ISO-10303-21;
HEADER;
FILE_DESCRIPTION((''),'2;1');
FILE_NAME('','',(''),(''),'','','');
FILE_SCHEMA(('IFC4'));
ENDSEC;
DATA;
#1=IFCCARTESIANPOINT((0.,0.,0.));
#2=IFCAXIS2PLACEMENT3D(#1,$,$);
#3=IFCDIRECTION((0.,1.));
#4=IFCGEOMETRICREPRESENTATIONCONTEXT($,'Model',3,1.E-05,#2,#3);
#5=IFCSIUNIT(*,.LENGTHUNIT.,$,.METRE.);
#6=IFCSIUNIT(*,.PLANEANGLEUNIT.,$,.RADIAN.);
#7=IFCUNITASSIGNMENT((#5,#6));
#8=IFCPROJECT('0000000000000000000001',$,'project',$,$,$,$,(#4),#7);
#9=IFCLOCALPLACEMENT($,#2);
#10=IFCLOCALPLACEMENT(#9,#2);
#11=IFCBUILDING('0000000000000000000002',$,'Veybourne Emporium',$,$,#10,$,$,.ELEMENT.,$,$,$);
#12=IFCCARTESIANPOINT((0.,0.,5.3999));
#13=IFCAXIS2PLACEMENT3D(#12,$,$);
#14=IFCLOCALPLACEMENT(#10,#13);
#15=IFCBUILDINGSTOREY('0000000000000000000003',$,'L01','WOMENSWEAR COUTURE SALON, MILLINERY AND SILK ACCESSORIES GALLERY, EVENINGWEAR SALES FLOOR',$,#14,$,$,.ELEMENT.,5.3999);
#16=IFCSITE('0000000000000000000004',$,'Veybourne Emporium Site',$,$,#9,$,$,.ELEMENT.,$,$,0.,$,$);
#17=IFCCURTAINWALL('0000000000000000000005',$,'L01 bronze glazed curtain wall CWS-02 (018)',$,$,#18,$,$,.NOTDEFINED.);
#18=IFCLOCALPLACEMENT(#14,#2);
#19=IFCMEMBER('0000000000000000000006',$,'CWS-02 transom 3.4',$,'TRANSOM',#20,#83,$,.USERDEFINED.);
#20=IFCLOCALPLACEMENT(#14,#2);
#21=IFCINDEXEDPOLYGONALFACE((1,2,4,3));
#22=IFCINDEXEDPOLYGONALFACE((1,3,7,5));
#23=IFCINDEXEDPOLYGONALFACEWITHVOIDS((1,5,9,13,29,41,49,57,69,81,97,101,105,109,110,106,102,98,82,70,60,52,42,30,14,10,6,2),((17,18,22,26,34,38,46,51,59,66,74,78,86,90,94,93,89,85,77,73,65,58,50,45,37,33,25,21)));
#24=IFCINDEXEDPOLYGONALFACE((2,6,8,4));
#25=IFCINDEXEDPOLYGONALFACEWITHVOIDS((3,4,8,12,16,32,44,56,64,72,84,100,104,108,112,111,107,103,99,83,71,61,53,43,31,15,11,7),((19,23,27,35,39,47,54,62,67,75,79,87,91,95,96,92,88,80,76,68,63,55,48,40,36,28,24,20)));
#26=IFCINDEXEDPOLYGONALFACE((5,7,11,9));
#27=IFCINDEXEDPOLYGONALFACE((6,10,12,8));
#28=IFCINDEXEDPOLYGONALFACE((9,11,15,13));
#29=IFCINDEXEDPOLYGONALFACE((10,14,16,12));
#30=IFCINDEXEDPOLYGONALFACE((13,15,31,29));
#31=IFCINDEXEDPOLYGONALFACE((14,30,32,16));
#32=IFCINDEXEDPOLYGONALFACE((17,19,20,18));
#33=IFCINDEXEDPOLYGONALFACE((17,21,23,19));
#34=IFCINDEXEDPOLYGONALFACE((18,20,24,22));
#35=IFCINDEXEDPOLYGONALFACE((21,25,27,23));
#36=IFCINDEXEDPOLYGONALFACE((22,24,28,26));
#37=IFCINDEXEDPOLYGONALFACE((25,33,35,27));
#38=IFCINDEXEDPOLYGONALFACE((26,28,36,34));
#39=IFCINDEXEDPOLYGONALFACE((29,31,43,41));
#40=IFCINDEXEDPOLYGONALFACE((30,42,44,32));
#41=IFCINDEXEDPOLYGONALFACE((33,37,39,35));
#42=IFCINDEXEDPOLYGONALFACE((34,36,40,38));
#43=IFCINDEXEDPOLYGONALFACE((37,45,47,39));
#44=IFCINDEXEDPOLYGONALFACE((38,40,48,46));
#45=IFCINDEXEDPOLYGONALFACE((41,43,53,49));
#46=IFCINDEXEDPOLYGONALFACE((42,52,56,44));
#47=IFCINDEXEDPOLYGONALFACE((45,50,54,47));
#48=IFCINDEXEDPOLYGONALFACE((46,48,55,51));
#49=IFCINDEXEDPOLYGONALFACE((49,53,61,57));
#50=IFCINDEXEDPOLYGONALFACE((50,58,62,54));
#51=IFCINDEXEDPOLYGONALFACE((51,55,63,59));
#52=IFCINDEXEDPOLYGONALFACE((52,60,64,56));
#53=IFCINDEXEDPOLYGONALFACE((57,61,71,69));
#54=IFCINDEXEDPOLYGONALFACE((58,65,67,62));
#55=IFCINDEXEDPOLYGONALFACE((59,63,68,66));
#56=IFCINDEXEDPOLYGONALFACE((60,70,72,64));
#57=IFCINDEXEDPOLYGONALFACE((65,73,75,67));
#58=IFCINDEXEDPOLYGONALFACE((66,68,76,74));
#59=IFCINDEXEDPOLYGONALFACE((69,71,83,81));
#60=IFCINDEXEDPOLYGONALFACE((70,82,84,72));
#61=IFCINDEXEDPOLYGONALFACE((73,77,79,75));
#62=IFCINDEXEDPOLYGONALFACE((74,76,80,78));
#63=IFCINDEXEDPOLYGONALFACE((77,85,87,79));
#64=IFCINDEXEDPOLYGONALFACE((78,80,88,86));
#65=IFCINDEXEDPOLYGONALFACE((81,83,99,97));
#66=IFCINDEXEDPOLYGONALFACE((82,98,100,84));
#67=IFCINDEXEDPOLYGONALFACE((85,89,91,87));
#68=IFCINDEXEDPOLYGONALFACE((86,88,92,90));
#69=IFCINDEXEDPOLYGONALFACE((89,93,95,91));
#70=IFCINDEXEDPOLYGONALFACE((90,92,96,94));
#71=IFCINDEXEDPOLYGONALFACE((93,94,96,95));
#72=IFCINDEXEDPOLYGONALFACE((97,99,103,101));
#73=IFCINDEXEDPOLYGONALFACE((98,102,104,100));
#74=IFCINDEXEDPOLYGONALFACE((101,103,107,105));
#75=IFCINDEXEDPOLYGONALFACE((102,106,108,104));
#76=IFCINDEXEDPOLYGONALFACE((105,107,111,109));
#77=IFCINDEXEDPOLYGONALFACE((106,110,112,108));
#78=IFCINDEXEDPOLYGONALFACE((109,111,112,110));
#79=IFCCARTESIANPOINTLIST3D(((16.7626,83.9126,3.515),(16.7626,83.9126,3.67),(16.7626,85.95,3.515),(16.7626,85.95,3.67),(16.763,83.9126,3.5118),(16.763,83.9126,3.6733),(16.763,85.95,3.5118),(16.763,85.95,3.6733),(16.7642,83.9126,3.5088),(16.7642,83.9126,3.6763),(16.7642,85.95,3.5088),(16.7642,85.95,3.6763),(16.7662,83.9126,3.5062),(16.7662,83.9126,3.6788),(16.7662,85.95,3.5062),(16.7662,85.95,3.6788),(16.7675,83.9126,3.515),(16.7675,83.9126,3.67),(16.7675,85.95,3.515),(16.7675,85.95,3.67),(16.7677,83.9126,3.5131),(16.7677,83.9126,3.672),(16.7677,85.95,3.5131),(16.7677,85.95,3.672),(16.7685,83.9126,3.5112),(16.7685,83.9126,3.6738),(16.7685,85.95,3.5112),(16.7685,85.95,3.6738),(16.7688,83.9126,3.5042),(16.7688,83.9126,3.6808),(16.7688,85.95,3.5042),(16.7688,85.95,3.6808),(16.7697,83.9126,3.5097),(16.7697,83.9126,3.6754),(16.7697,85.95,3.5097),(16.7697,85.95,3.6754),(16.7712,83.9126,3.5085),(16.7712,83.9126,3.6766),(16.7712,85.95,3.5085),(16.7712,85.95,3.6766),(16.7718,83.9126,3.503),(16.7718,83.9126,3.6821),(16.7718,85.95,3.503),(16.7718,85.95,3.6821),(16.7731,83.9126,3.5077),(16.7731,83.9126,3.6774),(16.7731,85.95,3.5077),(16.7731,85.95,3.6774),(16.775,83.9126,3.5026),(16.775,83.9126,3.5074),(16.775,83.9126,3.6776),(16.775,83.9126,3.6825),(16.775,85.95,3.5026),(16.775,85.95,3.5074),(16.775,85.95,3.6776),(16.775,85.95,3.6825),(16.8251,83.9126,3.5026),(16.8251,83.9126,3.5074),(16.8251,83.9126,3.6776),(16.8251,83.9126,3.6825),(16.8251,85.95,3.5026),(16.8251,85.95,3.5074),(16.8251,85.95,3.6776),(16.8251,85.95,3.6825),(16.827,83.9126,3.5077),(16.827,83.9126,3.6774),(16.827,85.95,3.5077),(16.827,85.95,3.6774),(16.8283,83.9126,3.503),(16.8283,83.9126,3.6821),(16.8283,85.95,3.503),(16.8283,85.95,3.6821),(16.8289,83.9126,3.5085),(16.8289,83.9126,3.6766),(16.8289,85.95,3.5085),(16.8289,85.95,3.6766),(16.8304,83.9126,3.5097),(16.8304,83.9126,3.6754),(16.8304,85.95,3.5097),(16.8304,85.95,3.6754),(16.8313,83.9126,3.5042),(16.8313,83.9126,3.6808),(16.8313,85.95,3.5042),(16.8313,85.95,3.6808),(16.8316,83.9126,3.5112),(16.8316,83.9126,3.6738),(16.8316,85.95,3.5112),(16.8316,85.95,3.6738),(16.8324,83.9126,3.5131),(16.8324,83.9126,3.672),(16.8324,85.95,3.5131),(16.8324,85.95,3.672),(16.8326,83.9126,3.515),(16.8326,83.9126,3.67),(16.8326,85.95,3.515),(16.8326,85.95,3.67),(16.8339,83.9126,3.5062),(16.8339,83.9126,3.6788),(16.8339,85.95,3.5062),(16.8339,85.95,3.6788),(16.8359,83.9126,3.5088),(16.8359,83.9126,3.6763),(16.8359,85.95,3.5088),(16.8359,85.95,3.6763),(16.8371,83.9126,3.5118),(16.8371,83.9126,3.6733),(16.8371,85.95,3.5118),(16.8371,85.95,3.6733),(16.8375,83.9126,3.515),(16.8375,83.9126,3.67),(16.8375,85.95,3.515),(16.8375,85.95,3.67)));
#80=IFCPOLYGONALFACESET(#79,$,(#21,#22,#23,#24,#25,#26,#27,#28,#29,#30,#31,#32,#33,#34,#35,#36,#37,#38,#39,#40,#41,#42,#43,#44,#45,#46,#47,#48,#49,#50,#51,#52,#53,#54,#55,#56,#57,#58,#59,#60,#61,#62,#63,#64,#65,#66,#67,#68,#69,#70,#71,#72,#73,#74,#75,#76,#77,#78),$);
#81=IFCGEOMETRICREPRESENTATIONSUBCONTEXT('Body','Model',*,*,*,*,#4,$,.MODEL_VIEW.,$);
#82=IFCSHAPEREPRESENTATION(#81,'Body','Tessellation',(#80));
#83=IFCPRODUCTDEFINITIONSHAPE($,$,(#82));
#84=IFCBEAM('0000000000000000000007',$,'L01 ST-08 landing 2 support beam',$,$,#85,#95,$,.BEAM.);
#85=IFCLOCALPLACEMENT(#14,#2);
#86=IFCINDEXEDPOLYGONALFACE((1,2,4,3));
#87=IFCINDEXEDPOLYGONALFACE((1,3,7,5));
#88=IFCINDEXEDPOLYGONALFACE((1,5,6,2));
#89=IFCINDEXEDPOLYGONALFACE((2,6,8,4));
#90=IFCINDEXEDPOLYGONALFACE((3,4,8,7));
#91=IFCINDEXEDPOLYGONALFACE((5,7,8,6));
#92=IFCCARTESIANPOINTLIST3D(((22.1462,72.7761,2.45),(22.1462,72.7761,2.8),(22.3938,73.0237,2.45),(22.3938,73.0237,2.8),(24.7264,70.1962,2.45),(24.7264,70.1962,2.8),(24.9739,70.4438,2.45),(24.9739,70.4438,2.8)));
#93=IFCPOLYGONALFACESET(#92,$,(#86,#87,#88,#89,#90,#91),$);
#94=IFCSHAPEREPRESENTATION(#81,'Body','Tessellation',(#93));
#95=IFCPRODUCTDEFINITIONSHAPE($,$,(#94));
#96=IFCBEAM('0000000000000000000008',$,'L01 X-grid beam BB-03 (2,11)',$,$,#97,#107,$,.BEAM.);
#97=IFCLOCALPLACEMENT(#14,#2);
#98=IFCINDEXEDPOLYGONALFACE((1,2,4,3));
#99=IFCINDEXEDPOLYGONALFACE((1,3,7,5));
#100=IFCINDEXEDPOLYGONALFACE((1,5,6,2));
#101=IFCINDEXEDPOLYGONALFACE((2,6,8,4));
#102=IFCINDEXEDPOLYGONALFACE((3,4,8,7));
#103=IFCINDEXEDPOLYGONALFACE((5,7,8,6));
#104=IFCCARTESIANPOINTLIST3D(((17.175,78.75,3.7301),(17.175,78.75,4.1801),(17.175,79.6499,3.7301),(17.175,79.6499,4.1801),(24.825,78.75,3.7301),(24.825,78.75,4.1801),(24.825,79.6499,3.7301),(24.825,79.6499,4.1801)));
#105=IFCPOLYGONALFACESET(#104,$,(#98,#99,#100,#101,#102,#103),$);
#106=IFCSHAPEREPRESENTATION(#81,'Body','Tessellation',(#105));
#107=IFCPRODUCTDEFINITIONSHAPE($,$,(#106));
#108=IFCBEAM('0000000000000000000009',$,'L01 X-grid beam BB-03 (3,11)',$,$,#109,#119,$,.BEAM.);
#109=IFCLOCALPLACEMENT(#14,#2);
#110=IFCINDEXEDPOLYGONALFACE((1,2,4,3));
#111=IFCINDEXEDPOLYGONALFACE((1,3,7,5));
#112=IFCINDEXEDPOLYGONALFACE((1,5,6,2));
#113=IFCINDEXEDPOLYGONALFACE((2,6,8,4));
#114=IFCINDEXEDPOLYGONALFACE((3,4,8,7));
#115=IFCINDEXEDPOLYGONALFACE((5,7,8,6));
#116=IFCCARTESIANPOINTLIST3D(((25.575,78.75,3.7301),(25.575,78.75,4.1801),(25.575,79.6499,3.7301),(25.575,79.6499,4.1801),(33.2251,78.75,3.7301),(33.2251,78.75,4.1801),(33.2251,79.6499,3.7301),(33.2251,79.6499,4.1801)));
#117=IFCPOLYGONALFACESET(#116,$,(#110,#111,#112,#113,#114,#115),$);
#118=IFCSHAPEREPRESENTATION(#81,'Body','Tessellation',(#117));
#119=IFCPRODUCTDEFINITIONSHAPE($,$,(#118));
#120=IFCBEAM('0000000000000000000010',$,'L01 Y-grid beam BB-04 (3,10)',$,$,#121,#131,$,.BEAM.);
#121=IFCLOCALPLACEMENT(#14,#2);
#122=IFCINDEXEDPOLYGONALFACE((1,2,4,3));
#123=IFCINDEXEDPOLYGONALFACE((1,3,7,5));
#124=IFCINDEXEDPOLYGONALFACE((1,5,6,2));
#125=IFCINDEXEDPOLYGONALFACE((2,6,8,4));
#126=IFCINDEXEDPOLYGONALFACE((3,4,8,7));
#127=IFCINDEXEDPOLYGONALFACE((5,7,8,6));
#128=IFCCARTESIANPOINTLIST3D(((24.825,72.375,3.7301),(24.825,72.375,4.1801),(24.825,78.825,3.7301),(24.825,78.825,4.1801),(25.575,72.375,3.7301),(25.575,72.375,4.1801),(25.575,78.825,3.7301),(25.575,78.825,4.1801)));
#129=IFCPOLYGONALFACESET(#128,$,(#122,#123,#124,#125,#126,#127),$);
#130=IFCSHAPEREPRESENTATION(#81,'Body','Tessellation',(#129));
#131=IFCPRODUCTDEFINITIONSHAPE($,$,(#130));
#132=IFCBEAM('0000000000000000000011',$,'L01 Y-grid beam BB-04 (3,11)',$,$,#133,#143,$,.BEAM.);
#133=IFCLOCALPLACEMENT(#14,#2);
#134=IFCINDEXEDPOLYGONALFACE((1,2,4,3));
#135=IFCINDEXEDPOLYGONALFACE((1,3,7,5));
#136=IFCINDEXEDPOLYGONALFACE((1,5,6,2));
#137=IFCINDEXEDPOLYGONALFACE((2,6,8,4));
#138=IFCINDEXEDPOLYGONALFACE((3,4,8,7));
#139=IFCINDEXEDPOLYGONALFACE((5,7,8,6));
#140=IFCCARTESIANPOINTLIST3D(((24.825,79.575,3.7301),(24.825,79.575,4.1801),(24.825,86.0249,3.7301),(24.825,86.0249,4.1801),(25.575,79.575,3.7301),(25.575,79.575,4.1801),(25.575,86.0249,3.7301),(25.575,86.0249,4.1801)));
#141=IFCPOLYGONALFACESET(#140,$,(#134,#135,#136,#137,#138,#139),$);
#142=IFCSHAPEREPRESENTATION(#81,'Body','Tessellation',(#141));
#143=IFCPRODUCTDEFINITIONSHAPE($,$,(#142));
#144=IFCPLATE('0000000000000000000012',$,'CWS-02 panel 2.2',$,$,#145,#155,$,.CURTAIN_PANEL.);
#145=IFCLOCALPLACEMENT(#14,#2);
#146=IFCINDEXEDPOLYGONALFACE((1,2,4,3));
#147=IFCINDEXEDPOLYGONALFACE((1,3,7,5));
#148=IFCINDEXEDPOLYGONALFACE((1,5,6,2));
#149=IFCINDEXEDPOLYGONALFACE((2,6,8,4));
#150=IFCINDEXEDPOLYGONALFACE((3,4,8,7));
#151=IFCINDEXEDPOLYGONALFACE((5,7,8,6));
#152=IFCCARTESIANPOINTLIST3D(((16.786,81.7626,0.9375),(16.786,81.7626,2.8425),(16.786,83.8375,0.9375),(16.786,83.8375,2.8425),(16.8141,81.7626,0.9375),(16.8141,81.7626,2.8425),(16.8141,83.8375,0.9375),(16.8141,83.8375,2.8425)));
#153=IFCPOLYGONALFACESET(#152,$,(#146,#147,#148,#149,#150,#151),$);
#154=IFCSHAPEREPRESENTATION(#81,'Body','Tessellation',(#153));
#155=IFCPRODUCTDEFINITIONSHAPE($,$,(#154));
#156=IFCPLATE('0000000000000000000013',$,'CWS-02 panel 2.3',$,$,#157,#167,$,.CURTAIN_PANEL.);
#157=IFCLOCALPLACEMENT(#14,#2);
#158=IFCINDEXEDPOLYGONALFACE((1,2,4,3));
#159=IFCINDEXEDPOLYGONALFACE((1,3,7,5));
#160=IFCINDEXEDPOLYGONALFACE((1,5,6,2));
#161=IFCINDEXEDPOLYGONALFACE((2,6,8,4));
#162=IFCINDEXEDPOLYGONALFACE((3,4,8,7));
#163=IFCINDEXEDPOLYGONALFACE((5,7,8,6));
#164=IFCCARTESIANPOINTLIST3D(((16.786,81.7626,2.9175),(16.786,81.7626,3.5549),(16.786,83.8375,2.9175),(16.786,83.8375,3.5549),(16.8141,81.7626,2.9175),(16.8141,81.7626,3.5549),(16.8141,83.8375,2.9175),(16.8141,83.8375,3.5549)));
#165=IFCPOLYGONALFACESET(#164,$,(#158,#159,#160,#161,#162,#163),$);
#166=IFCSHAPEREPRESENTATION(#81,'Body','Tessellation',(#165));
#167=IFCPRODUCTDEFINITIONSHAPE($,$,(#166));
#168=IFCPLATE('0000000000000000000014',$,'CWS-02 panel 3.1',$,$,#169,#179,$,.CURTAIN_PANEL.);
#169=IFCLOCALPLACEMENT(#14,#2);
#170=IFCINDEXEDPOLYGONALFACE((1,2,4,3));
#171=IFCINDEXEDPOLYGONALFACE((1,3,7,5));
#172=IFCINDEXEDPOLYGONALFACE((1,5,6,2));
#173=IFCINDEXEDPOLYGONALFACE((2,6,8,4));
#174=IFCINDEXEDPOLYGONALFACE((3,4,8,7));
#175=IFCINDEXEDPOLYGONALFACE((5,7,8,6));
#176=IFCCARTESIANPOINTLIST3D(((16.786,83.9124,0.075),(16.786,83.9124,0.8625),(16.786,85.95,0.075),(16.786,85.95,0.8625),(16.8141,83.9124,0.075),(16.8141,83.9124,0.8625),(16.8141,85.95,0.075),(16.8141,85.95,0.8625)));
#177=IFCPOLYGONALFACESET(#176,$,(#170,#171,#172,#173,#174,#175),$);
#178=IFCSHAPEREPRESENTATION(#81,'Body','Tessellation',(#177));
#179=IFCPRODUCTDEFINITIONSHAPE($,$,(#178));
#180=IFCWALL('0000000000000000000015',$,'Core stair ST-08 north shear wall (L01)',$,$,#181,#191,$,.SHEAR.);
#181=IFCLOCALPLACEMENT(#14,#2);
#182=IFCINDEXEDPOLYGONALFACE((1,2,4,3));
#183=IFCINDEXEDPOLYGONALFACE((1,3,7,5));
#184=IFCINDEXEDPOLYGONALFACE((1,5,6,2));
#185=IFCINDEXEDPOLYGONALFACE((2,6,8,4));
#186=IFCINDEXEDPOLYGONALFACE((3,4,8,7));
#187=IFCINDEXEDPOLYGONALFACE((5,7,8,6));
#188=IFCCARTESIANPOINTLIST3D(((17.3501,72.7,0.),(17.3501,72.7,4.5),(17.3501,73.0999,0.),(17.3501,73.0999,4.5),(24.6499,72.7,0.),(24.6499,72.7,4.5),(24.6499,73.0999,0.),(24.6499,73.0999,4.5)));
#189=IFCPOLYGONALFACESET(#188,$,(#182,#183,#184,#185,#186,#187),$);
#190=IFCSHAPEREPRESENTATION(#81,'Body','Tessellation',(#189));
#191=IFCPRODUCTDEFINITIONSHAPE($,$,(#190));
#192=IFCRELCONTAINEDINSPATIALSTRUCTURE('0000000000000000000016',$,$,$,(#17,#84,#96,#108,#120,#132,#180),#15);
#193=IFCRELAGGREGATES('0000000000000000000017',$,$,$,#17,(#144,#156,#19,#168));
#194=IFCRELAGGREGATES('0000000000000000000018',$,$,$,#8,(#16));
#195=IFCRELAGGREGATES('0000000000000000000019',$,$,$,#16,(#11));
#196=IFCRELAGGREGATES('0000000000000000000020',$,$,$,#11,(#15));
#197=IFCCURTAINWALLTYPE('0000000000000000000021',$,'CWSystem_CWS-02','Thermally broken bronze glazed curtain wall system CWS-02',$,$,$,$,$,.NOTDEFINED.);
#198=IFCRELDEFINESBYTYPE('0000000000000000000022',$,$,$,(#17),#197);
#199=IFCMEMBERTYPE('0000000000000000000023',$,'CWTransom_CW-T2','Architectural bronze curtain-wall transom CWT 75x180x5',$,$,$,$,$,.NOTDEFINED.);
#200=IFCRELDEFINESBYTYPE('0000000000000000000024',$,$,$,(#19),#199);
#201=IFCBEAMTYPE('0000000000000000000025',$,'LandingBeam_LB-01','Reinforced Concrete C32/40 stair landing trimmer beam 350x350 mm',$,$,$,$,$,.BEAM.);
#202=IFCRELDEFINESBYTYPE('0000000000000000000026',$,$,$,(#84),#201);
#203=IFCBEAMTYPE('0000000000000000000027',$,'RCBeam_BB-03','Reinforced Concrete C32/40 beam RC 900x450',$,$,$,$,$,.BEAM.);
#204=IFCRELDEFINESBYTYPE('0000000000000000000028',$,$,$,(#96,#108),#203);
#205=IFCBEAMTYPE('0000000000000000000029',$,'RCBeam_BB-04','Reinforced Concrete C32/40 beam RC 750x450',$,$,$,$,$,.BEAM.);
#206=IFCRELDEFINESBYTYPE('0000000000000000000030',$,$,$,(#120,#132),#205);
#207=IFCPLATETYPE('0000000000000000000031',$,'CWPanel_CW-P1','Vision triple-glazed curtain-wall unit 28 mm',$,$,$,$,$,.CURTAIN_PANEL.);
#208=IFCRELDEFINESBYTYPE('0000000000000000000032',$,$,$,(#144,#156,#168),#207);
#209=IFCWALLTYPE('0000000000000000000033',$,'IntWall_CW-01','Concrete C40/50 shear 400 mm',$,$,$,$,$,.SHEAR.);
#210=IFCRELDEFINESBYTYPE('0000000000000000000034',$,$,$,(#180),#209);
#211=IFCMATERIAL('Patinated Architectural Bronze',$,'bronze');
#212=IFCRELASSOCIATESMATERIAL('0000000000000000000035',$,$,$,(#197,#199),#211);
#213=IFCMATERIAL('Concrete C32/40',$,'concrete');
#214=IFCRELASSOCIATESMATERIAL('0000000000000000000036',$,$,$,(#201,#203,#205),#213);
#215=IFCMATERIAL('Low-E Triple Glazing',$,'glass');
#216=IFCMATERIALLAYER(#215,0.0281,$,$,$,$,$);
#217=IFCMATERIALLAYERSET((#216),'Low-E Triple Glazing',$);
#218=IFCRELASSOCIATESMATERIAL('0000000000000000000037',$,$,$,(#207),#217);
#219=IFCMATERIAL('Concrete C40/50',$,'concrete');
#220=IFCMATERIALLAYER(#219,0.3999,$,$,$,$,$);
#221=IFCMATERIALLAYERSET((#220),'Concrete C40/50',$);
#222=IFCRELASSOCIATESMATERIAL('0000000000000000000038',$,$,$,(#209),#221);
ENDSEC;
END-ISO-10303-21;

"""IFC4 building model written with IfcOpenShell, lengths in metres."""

from ifc_helpers import new_model, si_unit, direction, frame, frame_2d, origin, origin_2d, place, context, subcontext, project, spatial, rectangle, hollow_rectangle, extrude, material, layer, layer_set, material_profile, profile_set, type_object, element, aggregate, save


model = new_model("IFC4")

# Units and contexts
model_context = context("Model", 3, precision=1e-05, world=origin(), true_north=direction((0.0, 1.0)))
body_context = subcontext(model_context, "Body", "Model", "MODEL_VIEW")
ifc_project = project(units=[si_unit("LENGTHUNIT", "METRE"), si_unit("PLANEANGLEUNIT", "RADIAN")], contexts=[model_context])

# Site, building, storey
site_placement = place(None, origin())
site = spatial("IfcSite", under=ifc_project, at=site_placement, Name="Veybourne Emporium Site", CompositionType="ELEMENT", RefElevation=0.0)
building_placement = place(site_placement, origin())
building = spatial("IfcBuilding", under=site, at=building_placement, Name="Veybourne Emporium", CompositionType="ELEMENT")
storey_placement = place(building_placement, frame((0.0, 0.0, 5.3999)))
storey = spatial("IfcBuildingStorey", under=building, at=storey_placement, Name="L01", Description="WOMENSWEAR COUTURE SALON, MILLINERY AND SILK ACCESSORIES GALLERY, EVENINGWEAR SALES FLOOR", CompositionType="ELEMENT", Elevation=5.3999)

# Shared definitions
ifc_material_1 = material(Name="Concrete C40/50", Category="concrete")

# Curtain wall, member
ifc_material_2 = material(Name="Patinated Architectural Bronze", Category="bronze")
curtain_wall_type = type_object("IfcCurtainWallType", Name="CWSystem_CWS-02", Description="Thermally broken bronze glazed curtain wall system CWS-02", PredefinedType="NOTDEFINED", material=ifc_material_2)
curtain_wall_placement = place(storey_placement, origin())
curtain_wall = element("IfcCurtainWall", 1, at=curtain_wall_placement, inside=storey, type_object=curtain_wall_type, Name="L01 bronze glazed curtain wall CWS-02 (018)", PredefinedType="NOTDEFINED")
ifc_material_profile_1 = material_profile(ifc_material_2, hollow_rectangle(XDim=0.075, YDim=0.1799, WallThickness=0.0049, InnerFilletRadius=0.0076, OuterFilletRadius=0.0125, at=origin_2d()), Name="CWT 75x180x5")
ifc_profile_set_1 = profile_set([ifc_material_profile_1], Name="Patinated Architectural Bronze")
member_type_1 = type_object("IfcMemberType", Name="CWTransom_CW-T2", Description="Architectural bronze curtain-wall transom CWT 75x180x5", PredefinedType="NOTDEFINED", material=ifc_profile_set_1)
member_1_placement = place(storey_placement, frame((16.8, 83.9126, 3.5925), z_axis=(0.0, 1.0, 0.0), x_axis=(-1.0, 0.0, 0.0)))
member_1 = element("IfcMember", 2, at=member_1_placement, type_object=member_type_1, Name="CWS-02 transom 3.4", ObjectType="TRANSOM", PredefinedType="USERDEFINED", context=body_context, shape_type="SweptSolid", body=[
    extrude(hollow_rectangle(XDim=0.075, YDim=0.1799, WallThickness=0.0049, InnerFilletRadius=0.0076, OuterFilletRadius=0.0125, at=origin_2d()), origin(), (0.0, 0.0, 1.0), 2.0374),
])

# Beams
ifc_material_3 = material(Name="Concrete C32/40", Category="concrete")
ifc_material_profile_2 = material_profile(ifc_material_3, rectangle(XDim=0.3501, YDim=0.3501, at=origin_2d()), Name="RC 350x350")
ifc_profile_set_2 = profile_set([ifc_material_profile_2], Name="Concrete C32/40")
beam_type_1 = type_object("IfcBeamType", Name="LandingBeam_LB-01", Description="Reinforced Concrete C32/40 stair landing trimmer beam 350x350 mm", PredefinedType="BEAM", material=ifc_profile_set_2)
beam_1_placement = place(storey_placement, frame((22.27, 72.8999, 2.625), z_axis=(0.70714, -0.707073, 0.0), x_axis=(0.707073, 0.70714, 0.0)))
element("IfcBeam", 3, at=beam_1_placement, inside=storey, type_object=beam_type_1, Name="L01 ST-08 landing 2 support beam", PredefinedType="BEAM", context=body_context, shape_type="SweptSolid", body=[
    extrude(rectangle(XDim=0.3501, YDim=0.3501, at=origin_2d()), origin(), (0.0, 0.0, 1.0), 3.6487),
])
ifc_material_profile_3 = material_profile(ifc_material_3, rectangle(XDim=0.8999, YDim=0.45, at=origin_2d()), Name="RC 900x450")
ifc_profile_set_3 = profile_set([ifc_material_profile_3], Name="Concrete C32/40")
beam_type_2 = type_object("IfcBeamType", Name="RCBeam_BB-03", Description="Reinforced Concrete C32/40 beam RC 900x450", PredefinedType="BEAM", material=ifc_profile_set_3)
beam_2_placement = place(storey_placement, frame((17.175, 79.2, 3.9551), z_axis=(1.0, 0.0, 0.0), x_axis=(0.0, 1.0, 0.0)))
element("IfcBeam", 4, at=beam_2_placement, inside=storey, type_object=beam_type_2, Name="L01 X-grid beam BB-03 (2,11)", PredefinedType="BEAM", context=body_context, shape_type="SweptSolid", body=[
    extrude(rectangle(XDim=0.8999, YDim=0.45, at=origin_2d()), origin(), (0.0, 0.0, 1.0), 7.6499),
])
beam_3_placement = place(storey_placement, frame((25.575, 79.2, 3.9551), z_axis=(1.0, 0.0, 0.0), x_axis=(0.0, 1.0, 0.0)))
element("IfcBeam", 5, at=beam_3_placement, inside=storey, type_object=beam_type_2, Name="L01 X-grid beam BB-03 (3,11)", PredefinedType="BEAM", context=body_context, shape_type="SweptSolid", body=[
    extrude(rectangle(XDim=0.8999, YDim=0.45, at=origin_2d()), origin(), (0.0, 0.0, 1.0), 7.6501),
])
ifc_material_profile_4 = material_profile(ifc_material_3, rectangle(XDim=0.75, YDim=0.45, at=origin_2d()), Name="RC 750x450")
ifc_profile_set_4 = profile_set([ifc_material_profile_4], Name="Concrete C32/40")
beam_type_3 = type_object("IfcBeamType", Name="RCBeam_BB-04", Description="Reinforced Concrete C32/40 beam RC 750x450", PredefinedType="BEAM", material=ifc_profile_set_4)
for number, where, z_axis, x_axis, name in (
    (6, (25.2, 72.375, 3.9551), (0.0, 1.0, 0.0), (-1.0, 0.0, 0.0), "L01 Y-grid beam BB-04 (3,10)"),
    (7, (25.2, 79.575, 3.9551), (0.0, 1.0, 0.0), (-1.0, 0.0, 0.0), "L01 Y-grid beam BB-04 (3,11)"),
):
    element("IfcBeam", number, at=place(storey_placement, frame(where, z_axis=z_axis, x_axis=x_axis)), inside=storey, type_object=beam_type_3, Name=name, PredefinedType="BEAM", context=body_context, shape_type="SweptSolid", body=[
        extrude(rectangle(XDim=0.75, YDim=0.45, at=origin_2d()), origin(), (0.0, 0.0, 1.0), 6.45),
    ])

# Plates
ifc_material_4 = material(Name="Low-E Triple Glazing", Category="glass")
ifc_layer_1 = layer(ifc_material_4, 0.0281)
ifc_layer_set_1 = layer_set([ifc_layer_1], Name="Low-E Triple Glazing")
plate_type = type_object("IfcPlateType", Name="CWPanel_CW-P1", Description="Vision triple-glazed curtain-wall unit 28 mm", PredefinedType="CURTAIN_PANEL", material=ifc_layer_set_1)
plate_1_placement = place(storey_placement, frame((16.8, 82.8, 0.9375), z_axis=(0.0, 0.0, 1.0), x_axis=(0.0, 1.0, 0.0)))
plate_1 = element("IfcPlate", 8, at=plate_1_placement, type_object=plate_type, Name="CWS-02 panel 2.2", PredefinedType="CURTAIN_PANEL", context=body_context, shape_type="SweptSolid", body=[
    extrude(rectangle(XDim=2.075, YDim=0.0281, at=origin_2d()), origin(), (0.0, 0.0, 1.0), 1.905),
])
plate_2_placement = place(storey_placement, frame((16.8, 82.8, 2.9175), z_axis=(0.0, 0.0, 1.0), x_axis=(0.0, 1.0, 0.0)))
plate_2 = element("IfcPlate", 9, at=plate_2_placement, type_object=plate_type, Name="CWS-02 panel 2.3", PredefinedType="CURTAIN_PANEL", context=body_context, shape_type="SweptSolid", body=[
    extrude(rectangle(XDim=2.075, YDim=0.0281, at=origin_2d()), origin(), (0.0, 0.0, 1.0), 0.6375),
])
plate_3_placement = place(storey_placement, frame((16.8, 84.9312, 0.075), z_axis=(0.0, 0.0, 1.0), x_axis=(0.0, 1.0, 0.0)))
plate_3 = element("IfcPlate", 10, at=plate_3_placement, type_object=plate_type, Name="CWS-02 panel 3.1", PredefinedType="CURTAIN_PANEL", context=body_context, shape_type="SweptSolid", body=[
    extrude(rectangle(XDim=2.0376, YDim=0.0281, at=origin_2d()), origin(), (0.0, 0.0, 1.0), 0.7876),
])
aggregate(curtain_wall, [plate_1, plate_2, member_1, plate_3])

# Wall
ifc_layer_2 = layer(ifc_material_1, 0.3999)
ifc_layer_set_2 = layer_set([ifc_layer_2], Name="Concrete C40/50")
wall_type_1 = type_object("IfcWallType", Name="IntWall_CW-01", Description="Concrete C40/50 shear 400 mm", PredefinedType="SHEAR", material=ifc_layer_set_2)
wall_1_placement = place(storey_placement, frame((17.3501, 72.8999, 0.0), z_axis=(0.0, 0.0, 1.0), x_axis=(1.0, 0.0, 0.0)))
element("IfcWall", 11, at=wall_1_placement, inside=storey, type_object=wall_type_1, Name="Core stair ST-08 north shear wall (L01)", PredefinedType="SHEAR", context=body_context, shape_type="SweptSolid", body=[
    extrude(rectangle(XDim=7.2998, YDim=0.3999, at=frame_2d((3.6499, 0.0))), origin(), (0.0, 0.0, 1.0), 4.5),
])

save(model, "model.ifc")
